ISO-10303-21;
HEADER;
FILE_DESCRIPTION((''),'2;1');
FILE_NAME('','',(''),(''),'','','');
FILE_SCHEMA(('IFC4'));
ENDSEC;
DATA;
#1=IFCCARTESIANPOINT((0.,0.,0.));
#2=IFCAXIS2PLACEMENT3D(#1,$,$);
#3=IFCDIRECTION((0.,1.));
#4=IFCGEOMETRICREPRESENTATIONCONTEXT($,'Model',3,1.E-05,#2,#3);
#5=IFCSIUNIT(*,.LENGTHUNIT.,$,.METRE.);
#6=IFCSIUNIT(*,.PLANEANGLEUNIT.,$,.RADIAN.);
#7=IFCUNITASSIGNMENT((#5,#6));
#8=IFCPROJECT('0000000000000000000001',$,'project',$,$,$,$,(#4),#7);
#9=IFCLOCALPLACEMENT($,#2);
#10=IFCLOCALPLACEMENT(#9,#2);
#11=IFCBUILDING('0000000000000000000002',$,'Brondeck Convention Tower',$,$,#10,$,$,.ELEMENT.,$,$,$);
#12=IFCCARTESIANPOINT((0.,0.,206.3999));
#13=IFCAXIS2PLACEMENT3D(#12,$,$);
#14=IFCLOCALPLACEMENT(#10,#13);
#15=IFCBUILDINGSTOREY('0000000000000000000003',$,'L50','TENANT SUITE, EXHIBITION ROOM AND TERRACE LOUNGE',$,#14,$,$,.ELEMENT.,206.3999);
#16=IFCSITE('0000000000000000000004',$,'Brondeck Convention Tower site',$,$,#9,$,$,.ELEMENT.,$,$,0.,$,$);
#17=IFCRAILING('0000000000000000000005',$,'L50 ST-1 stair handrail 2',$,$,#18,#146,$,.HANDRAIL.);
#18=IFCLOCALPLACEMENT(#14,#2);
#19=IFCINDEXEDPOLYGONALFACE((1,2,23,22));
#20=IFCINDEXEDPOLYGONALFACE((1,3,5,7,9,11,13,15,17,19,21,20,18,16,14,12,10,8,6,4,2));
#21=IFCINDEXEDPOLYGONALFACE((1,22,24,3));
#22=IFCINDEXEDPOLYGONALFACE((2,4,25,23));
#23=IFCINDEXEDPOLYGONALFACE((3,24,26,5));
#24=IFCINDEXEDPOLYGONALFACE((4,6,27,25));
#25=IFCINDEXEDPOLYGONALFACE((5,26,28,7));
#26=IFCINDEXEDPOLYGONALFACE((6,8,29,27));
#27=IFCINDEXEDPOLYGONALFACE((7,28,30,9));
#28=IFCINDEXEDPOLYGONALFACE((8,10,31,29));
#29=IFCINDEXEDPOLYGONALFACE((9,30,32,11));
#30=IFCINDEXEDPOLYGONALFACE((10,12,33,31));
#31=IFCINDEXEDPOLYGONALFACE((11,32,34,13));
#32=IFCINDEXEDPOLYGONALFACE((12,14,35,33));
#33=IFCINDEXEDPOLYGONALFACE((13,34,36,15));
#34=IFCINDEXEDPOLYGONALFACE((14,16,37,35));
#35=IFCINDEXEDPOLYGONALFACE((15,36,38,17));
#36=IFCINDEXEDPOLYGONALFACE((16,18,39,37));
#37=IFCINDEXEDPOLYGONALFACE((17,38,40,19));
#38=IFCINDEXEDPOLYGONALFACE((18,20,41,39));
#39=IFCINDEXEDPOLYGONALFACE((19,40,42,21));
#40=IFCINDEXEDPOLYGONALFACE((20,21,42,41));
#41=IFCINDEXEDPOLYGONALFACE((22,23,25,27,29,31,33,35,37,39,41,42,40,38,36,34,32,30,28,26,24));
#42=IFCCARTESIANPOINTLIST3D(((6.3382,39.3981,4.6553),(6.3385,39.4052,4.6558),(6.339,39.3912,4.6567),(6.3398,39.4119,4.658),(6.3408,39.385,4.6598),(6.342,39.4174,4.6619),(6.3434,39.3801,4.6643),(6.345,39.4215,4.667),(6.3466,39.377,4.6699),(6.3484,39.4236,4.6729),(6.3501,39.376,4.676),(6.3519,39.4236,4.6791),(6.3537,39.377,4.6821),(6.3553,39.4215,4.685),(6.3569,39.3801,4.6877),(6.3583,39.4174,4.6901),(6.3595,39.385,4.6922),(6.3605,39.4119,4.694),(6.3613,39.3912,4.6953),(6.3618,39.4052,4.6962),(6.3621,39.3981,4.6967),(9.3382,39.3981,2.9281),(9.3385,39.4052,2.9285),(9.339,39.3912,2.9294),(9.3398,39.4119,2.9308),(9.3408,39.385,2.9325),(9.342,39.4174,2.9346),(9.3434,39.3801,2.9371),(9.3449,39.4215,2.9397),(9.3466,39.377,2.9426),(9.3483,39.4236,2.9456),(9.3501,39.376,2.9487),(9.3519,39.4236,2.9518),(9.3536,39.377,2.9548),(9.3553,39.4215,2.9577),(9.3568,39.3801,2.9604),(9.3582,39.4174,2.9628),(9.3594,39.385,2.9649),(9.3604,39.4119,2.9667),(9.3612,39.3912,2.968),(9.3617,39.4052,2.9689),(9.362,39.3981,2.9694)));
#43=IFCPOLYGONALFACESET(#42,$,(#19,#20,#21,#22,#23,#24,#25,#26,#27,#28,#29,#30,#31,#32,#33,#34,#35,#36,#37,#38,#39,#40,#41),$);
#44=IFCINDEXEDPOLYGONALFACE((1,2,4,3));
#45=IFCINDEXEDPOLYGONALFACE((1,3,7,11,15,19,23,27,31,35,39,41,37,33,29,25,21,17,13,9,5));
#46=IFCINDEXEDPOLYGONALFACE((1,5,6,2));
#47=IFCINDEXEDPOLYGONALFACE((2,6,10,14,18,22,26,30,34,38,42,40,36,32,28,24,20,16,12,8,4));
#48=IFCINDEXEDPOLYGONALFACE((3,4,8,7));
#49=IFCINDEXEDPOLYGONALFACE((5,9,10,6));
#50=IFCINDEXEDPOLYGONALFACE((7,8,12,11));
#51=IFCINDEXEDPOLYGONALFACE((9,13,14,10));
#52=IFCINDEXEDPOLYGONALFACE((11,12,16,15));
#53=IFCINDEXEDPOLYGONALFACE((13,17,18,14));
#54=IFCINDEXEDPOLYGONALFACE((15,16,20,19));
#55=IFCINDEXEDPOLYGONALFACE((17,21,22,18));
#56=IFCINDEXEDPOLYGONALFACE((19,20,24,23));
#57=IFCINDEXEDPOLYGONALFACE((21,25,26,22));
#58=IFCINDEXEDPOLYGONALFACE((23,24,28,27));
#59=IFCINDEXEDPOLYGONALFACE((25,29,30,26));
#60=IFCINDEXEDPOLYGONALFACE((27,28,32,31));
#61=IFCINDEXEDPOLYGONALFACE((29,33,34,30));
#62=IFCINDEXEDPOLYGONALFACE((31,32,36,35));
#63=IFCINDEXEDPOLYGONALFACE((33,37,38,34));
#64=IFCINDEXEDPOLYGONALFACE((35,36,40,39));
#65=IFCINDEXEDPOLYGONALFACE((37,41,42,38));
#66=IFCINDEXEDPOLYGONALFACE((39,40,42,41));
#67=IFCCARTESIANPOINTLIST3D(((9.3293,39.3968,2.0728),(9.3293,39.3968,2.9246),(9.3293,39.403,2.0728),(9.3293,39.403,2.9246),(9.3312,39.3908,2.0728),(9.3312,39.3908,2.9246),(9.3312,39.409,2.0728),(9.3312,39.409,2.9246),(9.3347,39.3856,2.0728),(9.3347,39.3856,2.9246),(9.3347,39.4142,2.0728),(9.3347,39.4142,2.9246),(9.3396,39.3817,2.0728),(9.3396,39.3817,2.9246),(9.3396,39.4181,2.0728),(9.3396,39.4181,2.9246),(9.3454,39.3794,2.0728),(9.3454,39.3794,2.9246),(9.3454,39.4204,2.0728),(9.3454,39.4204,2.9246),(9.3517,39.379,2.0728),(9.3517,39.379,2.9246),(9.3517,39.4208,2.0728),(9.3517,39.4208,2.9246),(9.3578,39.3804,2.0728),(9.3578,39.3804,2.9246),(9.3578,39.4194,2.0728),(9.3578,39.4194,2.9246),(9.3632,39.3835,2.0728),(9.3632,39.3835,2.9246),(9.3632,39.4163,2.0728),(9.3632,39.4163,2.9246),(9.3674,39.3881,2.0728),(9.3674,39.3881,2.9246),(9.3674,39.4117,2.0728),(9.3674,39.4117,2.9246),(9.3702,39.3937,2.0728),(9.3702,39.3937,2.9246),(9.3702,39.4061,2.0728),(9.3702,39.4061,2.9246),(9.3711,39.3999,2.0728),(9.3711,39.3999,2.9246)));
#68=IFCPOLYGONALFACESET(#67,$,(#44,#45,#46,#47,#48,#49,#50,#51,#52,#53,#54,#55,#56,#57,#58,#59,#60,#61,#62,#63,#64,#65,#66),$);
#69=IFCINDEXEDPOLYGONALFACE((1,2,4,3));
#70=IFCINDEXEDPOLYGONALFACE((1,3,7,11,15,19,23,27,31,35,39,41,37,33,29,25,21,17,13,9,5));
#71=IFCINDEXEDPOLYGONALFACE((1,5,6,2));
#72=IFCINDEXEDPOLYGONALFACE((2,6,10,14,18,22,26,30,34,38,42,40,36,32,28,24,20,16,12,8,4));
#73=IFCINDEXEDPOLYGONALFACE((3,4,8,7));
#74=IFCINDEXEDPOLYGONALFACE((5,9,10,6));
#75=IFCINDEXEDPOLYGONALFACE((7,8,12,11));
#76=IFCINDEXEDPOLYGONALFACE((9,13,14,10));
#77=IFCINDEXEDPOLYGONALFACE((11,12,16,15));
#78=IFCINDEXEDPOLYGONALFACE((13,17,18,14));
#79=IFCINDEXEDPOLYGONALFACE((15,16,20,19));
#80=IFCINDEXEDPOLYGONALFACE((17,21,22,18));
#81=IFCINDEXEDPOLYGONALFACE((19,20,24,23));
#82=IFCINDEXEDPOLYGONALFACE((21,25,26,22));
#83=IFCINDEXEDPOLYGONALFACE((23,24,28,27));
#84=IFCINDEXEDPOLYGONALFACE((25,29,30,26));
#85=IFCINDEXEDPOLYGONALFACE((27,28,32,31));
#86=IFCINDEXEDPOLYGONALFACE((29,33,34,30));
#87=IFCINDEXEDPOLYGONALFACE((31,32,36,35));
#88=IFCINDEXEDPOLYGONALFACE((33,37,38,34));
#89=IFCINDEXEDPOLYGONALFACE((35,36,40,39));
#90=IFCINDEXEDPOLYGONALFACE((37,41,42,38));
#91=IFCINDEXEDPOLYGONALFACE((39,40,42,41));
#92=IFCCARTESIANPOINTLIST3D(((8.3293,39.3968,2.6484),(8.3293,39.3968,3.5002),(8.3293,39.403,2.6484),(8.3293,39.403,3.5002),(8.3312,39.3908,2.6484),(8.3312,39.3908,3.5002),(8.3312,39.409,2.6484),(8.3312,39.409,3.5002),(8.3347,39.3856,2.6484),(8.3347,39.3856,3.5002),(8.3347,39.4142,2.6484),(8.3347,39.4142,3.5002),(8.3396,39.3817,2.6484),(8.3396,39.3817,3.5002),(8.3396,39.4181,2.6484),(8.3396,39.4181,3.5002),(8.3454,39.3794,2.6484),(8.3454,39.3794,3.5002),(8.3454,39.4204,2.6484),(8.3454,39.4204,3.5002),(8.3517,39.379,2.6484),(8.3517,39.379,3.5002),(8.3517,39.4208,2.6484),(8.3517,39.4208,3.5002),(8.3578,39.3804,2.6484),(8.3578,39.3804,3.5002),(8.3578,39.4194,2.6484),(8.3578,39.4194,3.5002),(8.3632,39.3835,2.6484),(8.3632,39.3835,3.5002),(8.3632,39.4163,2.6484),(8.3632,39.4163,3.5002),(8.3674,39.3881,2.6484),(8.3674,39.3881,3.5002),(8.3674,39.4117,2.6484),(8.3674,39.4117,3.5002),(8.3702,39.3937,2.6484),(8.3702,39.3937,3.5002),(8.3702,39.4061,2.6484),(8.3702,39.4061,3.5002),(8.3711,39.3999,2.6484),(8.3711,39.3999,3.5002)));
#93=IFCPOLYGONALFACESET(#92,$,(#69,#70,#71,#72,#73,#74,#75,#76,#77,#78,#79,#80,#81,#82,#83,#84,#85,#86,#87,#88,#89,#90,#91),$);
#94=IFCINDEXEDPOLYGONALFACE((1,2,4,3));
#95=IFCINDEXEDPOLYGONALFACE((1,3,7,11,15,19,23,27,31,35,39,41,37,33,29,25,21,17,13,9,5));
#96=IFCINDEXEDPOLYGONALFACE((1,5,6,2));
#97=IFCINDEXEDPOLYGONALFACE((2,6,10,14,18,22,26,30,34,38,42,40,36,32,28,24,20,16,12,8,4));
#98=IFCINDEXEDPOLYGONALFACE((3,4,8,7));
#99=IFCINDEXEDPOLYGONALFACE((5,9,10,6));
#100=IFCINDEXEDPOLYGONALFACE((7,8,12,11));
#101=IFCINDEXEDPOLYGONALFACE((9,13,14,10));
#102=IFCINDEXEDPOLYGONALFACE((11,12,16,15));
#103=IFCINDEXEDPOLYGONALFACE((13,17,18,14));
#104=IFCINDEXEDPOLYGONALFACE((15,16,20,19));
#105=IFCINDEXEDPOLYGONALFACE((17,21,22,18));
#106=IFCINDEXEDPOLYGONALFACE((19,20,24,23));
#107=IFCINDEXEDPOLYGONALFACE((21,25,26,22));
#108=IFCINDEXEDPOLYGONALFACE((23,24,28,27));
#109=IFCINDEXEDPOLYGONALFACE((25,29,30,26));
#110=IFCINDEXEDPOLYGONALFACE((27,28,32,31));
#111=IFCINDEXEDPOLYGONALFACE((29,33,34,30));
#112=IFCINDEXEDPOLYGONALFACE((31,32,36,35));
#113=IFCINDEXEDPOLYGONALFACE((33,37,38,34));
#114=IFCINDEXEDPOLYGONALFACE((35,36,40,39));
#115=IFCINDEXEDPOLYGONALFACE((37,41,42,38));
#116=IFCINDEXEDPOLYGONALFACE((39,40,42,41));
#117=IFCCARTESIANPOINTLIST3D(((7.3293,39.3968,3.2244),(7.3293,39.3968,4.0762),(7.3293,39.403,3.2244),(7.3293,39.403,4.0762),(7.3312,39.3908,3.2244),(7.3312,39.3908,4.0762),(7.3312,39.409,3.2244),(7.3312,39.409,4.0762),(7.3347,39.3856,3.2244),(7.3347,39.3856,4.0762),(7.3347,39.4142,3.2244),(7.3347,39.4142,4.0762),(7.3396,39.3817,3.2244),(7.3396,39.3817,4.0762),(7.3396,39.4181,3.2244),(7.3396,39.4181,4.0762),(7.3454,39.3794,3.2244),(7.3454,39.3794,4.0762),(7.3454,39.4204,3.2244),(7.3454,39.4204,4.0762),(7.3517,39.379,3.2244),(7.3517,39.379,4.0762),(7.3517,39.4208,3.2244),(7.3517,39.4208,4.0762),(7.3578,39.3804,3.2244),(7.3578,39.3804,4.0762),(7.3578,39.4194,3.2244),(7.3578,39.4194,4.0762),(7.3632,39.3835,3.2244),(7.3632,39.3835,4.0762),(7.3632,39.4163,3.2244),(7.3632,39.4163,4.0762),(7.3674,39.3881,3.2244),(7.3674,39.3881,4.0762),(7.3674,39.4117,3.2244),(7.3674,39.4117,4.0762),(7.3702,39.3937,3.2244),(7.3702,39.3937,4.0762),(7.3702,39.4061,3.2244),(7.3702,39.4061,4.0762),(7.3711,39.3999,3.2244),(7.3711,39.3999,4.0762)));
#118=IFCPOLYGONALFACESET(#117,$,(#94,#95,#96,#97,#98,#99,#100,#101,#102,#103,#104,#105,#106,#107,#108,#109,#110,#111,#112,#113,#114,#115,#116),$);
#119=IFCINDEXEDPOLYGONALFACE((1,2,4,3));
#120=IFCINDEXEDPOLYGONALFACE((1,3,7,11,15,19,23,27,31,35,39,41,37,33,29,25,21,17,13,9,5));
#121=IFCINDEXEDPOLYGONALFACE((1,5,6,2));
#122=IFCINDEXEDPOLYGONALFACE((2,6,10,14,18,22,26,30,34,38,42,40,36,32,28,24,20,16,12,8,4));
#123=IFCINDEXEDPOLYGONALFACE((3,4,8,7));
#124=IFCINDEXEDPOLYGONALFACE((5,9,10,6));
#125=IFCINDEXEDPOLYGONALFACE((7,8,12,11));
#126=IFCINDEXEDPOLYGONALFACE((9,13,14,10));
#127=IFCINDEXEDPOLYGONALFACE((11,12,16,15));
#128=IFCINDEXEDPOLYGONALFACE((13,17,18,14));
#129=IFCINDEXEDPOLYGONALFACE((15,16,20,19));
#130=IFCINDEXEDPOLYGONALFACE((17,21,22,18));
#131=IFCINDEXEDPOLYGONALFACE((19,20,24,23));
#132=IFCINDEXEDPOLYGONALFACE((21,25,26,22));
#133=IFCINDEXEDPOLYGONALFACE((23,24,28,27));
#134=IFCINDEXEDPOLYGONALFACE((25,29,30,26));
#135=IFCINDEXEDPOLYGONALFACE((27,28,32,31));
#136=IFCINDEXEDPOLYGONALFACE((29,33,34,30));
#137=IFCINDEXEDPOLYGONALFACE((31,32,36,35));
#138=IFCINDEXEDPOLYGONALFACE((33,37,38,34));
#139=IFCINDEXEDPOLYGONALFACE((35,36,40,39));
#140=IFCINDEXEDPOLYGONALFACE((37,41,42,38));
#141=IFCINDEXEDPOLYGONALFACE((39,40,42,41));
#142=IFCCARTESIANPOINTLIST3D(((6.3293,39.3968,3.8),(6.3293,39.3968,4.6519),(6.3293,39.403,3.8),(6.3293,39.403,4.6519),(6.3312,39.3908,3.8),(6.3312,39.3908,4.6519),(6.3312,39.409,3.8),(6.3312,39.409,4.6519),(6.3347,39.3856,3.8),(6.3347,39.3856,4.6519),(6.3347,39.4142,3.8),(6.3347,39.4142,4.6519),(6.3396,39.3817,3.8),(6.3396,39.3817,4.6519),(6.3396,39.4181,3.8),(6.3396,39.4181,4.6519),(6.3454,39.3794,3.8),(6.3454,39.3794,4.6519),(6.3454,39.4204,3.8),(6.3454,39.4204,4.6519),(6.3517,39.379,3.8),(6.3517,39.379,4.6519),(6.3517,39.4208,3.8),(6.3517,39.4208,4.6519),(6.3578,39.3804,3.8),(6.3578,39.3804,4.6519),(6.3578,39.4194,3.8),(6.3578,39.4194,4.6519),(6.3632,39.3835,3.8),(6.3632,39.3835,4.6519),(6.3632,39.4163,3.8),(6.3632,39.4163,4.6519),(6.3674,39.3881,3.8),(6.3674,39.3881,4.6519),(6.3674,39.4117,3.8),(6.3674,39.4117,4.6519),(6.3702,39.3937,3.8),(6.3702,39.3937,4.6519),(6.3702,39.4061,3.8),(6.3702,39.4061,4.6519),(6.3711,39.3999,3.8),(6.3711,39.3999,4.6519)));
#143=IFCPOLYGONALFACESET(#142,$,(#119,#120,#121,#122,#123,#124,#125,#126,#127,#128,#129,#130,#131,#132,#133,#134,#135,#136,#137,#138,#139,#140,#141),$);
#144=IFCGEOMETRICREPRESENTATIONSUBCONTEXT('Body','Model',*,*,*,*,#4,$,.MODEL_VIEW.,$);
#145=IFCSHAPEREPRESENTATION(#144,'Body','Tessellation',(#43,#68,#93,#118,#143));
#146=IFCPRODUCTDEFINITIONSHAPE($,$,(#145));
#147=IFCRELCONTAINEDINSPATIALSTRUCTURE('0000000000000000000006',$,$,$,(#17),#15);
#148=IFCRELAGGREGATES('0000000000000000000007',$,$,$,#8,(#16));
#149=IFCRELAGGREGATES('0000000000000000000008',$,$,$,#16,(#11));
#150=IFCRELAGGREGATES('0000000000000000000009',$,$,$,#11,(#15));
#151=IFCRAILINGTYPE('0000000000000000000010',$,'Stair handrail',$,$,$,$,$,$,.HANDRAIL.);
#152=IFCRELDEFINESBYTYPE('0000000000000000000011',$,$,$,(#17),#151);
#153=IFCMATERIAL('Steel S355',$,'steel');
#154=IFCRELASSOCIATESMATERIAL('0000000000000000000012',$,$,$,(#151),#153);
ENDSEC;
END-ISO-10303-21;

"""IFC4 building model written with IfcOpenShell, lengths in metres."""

from ifc_helpers import new_model, si_unit, direction, frame, origin, origin_2d, place, context, subcontext, project, spatial, circle, extrude, material, type_object, element, save


model = new_model("IFC4")

# Units and contexts
model_context = context("Model", 3, precision=1e-05, world=origin(), true_north=direction((0.0, 1.0)))
body_context = subcontext(model_context, "Body", "Model", "MODEL_VIEW")
ifc_project = project(units=[si_unit("LENGTHUNIT", "METRE"), si_unit("PLANEANGLEUNIT", "RADIAN")], contexts=[model_context])

# Site, building, storey
site_placement = place(None, origin())
site = spatial("IfcSite", under=ifc_project, at=site_placement, Name="Brondeck Convention Tower site", CompositionType="ELEMENT", RefElevation=0.0)
building_placement = place(site_placement, origin())
building = spatial("IfcBuilding", under=site, at=building_placement, Name="Brondeck Convention Tower", CompositionType="ELEMENT")
storey_placement = place(building_placement, frame((0.0, 0.0, 206.3999)))
storey = spatial("IfcBuildingStorey", under=building, at=storey_placement, Name="L50", Description="TENANT SUITE, EXHIBITION ROOM AND TERRACE LOUNGE", CompositionType="ELEMENT", Elevation=206.3999)

# Shared definitions
ifc_material_1 = material(Name="Steel S355", Category="steel")

# Railing
railing_type_1 = type_object("IfcRailingType", Name="Stair handrail", PredefinedType="HANDRAIL", material=ifc_material_1)
railing_1_placement = place(storey_placement, frame((9.3501, 39.3999, 2.0728)))
element("IfcRailing", 1, at=railing_1_placement, inside=storey, type_object=railing_type_1, Name="L50 ST-1 stair handrail 2", PredefinedType="HANDRAIL", context=body_context, shape_type="SweptSolid", body=[
    extrude(circle(Radius=0.0239, at=origin_2d()), frame((0.0, 0.0, 0.876), z_axis=(-0.86662, 0.0, 0.498969), x_axis=(0.0, -1.0, 0.0)), (0.0, 0.0, 1.0), 3.4617),
    extrude(circle(Radius=0.021, at=origin_2d()), origin(), (0.0, 0.0, 1.0), 0.8518),
    extrude(circle(Radius=0.021, at=origin_2d()), frame((-1.0, 0.0, 0.5757)), (0.0, 0.0, 1.0), 0.8518),
    extrude(circle(Radius=0.021, at=origin_2d()), frame((-2.0, 0.0, 1.1516)), (0.0, 0.0, 1.0), 0.8518),
    extrude(circle(Radius=0.021, at=origin_2d()), frame((-3.0, 0.0, 1.7273)), (0.0, 0.0, 1.0), 0.8518),
])

save(model, "model.ifc")
